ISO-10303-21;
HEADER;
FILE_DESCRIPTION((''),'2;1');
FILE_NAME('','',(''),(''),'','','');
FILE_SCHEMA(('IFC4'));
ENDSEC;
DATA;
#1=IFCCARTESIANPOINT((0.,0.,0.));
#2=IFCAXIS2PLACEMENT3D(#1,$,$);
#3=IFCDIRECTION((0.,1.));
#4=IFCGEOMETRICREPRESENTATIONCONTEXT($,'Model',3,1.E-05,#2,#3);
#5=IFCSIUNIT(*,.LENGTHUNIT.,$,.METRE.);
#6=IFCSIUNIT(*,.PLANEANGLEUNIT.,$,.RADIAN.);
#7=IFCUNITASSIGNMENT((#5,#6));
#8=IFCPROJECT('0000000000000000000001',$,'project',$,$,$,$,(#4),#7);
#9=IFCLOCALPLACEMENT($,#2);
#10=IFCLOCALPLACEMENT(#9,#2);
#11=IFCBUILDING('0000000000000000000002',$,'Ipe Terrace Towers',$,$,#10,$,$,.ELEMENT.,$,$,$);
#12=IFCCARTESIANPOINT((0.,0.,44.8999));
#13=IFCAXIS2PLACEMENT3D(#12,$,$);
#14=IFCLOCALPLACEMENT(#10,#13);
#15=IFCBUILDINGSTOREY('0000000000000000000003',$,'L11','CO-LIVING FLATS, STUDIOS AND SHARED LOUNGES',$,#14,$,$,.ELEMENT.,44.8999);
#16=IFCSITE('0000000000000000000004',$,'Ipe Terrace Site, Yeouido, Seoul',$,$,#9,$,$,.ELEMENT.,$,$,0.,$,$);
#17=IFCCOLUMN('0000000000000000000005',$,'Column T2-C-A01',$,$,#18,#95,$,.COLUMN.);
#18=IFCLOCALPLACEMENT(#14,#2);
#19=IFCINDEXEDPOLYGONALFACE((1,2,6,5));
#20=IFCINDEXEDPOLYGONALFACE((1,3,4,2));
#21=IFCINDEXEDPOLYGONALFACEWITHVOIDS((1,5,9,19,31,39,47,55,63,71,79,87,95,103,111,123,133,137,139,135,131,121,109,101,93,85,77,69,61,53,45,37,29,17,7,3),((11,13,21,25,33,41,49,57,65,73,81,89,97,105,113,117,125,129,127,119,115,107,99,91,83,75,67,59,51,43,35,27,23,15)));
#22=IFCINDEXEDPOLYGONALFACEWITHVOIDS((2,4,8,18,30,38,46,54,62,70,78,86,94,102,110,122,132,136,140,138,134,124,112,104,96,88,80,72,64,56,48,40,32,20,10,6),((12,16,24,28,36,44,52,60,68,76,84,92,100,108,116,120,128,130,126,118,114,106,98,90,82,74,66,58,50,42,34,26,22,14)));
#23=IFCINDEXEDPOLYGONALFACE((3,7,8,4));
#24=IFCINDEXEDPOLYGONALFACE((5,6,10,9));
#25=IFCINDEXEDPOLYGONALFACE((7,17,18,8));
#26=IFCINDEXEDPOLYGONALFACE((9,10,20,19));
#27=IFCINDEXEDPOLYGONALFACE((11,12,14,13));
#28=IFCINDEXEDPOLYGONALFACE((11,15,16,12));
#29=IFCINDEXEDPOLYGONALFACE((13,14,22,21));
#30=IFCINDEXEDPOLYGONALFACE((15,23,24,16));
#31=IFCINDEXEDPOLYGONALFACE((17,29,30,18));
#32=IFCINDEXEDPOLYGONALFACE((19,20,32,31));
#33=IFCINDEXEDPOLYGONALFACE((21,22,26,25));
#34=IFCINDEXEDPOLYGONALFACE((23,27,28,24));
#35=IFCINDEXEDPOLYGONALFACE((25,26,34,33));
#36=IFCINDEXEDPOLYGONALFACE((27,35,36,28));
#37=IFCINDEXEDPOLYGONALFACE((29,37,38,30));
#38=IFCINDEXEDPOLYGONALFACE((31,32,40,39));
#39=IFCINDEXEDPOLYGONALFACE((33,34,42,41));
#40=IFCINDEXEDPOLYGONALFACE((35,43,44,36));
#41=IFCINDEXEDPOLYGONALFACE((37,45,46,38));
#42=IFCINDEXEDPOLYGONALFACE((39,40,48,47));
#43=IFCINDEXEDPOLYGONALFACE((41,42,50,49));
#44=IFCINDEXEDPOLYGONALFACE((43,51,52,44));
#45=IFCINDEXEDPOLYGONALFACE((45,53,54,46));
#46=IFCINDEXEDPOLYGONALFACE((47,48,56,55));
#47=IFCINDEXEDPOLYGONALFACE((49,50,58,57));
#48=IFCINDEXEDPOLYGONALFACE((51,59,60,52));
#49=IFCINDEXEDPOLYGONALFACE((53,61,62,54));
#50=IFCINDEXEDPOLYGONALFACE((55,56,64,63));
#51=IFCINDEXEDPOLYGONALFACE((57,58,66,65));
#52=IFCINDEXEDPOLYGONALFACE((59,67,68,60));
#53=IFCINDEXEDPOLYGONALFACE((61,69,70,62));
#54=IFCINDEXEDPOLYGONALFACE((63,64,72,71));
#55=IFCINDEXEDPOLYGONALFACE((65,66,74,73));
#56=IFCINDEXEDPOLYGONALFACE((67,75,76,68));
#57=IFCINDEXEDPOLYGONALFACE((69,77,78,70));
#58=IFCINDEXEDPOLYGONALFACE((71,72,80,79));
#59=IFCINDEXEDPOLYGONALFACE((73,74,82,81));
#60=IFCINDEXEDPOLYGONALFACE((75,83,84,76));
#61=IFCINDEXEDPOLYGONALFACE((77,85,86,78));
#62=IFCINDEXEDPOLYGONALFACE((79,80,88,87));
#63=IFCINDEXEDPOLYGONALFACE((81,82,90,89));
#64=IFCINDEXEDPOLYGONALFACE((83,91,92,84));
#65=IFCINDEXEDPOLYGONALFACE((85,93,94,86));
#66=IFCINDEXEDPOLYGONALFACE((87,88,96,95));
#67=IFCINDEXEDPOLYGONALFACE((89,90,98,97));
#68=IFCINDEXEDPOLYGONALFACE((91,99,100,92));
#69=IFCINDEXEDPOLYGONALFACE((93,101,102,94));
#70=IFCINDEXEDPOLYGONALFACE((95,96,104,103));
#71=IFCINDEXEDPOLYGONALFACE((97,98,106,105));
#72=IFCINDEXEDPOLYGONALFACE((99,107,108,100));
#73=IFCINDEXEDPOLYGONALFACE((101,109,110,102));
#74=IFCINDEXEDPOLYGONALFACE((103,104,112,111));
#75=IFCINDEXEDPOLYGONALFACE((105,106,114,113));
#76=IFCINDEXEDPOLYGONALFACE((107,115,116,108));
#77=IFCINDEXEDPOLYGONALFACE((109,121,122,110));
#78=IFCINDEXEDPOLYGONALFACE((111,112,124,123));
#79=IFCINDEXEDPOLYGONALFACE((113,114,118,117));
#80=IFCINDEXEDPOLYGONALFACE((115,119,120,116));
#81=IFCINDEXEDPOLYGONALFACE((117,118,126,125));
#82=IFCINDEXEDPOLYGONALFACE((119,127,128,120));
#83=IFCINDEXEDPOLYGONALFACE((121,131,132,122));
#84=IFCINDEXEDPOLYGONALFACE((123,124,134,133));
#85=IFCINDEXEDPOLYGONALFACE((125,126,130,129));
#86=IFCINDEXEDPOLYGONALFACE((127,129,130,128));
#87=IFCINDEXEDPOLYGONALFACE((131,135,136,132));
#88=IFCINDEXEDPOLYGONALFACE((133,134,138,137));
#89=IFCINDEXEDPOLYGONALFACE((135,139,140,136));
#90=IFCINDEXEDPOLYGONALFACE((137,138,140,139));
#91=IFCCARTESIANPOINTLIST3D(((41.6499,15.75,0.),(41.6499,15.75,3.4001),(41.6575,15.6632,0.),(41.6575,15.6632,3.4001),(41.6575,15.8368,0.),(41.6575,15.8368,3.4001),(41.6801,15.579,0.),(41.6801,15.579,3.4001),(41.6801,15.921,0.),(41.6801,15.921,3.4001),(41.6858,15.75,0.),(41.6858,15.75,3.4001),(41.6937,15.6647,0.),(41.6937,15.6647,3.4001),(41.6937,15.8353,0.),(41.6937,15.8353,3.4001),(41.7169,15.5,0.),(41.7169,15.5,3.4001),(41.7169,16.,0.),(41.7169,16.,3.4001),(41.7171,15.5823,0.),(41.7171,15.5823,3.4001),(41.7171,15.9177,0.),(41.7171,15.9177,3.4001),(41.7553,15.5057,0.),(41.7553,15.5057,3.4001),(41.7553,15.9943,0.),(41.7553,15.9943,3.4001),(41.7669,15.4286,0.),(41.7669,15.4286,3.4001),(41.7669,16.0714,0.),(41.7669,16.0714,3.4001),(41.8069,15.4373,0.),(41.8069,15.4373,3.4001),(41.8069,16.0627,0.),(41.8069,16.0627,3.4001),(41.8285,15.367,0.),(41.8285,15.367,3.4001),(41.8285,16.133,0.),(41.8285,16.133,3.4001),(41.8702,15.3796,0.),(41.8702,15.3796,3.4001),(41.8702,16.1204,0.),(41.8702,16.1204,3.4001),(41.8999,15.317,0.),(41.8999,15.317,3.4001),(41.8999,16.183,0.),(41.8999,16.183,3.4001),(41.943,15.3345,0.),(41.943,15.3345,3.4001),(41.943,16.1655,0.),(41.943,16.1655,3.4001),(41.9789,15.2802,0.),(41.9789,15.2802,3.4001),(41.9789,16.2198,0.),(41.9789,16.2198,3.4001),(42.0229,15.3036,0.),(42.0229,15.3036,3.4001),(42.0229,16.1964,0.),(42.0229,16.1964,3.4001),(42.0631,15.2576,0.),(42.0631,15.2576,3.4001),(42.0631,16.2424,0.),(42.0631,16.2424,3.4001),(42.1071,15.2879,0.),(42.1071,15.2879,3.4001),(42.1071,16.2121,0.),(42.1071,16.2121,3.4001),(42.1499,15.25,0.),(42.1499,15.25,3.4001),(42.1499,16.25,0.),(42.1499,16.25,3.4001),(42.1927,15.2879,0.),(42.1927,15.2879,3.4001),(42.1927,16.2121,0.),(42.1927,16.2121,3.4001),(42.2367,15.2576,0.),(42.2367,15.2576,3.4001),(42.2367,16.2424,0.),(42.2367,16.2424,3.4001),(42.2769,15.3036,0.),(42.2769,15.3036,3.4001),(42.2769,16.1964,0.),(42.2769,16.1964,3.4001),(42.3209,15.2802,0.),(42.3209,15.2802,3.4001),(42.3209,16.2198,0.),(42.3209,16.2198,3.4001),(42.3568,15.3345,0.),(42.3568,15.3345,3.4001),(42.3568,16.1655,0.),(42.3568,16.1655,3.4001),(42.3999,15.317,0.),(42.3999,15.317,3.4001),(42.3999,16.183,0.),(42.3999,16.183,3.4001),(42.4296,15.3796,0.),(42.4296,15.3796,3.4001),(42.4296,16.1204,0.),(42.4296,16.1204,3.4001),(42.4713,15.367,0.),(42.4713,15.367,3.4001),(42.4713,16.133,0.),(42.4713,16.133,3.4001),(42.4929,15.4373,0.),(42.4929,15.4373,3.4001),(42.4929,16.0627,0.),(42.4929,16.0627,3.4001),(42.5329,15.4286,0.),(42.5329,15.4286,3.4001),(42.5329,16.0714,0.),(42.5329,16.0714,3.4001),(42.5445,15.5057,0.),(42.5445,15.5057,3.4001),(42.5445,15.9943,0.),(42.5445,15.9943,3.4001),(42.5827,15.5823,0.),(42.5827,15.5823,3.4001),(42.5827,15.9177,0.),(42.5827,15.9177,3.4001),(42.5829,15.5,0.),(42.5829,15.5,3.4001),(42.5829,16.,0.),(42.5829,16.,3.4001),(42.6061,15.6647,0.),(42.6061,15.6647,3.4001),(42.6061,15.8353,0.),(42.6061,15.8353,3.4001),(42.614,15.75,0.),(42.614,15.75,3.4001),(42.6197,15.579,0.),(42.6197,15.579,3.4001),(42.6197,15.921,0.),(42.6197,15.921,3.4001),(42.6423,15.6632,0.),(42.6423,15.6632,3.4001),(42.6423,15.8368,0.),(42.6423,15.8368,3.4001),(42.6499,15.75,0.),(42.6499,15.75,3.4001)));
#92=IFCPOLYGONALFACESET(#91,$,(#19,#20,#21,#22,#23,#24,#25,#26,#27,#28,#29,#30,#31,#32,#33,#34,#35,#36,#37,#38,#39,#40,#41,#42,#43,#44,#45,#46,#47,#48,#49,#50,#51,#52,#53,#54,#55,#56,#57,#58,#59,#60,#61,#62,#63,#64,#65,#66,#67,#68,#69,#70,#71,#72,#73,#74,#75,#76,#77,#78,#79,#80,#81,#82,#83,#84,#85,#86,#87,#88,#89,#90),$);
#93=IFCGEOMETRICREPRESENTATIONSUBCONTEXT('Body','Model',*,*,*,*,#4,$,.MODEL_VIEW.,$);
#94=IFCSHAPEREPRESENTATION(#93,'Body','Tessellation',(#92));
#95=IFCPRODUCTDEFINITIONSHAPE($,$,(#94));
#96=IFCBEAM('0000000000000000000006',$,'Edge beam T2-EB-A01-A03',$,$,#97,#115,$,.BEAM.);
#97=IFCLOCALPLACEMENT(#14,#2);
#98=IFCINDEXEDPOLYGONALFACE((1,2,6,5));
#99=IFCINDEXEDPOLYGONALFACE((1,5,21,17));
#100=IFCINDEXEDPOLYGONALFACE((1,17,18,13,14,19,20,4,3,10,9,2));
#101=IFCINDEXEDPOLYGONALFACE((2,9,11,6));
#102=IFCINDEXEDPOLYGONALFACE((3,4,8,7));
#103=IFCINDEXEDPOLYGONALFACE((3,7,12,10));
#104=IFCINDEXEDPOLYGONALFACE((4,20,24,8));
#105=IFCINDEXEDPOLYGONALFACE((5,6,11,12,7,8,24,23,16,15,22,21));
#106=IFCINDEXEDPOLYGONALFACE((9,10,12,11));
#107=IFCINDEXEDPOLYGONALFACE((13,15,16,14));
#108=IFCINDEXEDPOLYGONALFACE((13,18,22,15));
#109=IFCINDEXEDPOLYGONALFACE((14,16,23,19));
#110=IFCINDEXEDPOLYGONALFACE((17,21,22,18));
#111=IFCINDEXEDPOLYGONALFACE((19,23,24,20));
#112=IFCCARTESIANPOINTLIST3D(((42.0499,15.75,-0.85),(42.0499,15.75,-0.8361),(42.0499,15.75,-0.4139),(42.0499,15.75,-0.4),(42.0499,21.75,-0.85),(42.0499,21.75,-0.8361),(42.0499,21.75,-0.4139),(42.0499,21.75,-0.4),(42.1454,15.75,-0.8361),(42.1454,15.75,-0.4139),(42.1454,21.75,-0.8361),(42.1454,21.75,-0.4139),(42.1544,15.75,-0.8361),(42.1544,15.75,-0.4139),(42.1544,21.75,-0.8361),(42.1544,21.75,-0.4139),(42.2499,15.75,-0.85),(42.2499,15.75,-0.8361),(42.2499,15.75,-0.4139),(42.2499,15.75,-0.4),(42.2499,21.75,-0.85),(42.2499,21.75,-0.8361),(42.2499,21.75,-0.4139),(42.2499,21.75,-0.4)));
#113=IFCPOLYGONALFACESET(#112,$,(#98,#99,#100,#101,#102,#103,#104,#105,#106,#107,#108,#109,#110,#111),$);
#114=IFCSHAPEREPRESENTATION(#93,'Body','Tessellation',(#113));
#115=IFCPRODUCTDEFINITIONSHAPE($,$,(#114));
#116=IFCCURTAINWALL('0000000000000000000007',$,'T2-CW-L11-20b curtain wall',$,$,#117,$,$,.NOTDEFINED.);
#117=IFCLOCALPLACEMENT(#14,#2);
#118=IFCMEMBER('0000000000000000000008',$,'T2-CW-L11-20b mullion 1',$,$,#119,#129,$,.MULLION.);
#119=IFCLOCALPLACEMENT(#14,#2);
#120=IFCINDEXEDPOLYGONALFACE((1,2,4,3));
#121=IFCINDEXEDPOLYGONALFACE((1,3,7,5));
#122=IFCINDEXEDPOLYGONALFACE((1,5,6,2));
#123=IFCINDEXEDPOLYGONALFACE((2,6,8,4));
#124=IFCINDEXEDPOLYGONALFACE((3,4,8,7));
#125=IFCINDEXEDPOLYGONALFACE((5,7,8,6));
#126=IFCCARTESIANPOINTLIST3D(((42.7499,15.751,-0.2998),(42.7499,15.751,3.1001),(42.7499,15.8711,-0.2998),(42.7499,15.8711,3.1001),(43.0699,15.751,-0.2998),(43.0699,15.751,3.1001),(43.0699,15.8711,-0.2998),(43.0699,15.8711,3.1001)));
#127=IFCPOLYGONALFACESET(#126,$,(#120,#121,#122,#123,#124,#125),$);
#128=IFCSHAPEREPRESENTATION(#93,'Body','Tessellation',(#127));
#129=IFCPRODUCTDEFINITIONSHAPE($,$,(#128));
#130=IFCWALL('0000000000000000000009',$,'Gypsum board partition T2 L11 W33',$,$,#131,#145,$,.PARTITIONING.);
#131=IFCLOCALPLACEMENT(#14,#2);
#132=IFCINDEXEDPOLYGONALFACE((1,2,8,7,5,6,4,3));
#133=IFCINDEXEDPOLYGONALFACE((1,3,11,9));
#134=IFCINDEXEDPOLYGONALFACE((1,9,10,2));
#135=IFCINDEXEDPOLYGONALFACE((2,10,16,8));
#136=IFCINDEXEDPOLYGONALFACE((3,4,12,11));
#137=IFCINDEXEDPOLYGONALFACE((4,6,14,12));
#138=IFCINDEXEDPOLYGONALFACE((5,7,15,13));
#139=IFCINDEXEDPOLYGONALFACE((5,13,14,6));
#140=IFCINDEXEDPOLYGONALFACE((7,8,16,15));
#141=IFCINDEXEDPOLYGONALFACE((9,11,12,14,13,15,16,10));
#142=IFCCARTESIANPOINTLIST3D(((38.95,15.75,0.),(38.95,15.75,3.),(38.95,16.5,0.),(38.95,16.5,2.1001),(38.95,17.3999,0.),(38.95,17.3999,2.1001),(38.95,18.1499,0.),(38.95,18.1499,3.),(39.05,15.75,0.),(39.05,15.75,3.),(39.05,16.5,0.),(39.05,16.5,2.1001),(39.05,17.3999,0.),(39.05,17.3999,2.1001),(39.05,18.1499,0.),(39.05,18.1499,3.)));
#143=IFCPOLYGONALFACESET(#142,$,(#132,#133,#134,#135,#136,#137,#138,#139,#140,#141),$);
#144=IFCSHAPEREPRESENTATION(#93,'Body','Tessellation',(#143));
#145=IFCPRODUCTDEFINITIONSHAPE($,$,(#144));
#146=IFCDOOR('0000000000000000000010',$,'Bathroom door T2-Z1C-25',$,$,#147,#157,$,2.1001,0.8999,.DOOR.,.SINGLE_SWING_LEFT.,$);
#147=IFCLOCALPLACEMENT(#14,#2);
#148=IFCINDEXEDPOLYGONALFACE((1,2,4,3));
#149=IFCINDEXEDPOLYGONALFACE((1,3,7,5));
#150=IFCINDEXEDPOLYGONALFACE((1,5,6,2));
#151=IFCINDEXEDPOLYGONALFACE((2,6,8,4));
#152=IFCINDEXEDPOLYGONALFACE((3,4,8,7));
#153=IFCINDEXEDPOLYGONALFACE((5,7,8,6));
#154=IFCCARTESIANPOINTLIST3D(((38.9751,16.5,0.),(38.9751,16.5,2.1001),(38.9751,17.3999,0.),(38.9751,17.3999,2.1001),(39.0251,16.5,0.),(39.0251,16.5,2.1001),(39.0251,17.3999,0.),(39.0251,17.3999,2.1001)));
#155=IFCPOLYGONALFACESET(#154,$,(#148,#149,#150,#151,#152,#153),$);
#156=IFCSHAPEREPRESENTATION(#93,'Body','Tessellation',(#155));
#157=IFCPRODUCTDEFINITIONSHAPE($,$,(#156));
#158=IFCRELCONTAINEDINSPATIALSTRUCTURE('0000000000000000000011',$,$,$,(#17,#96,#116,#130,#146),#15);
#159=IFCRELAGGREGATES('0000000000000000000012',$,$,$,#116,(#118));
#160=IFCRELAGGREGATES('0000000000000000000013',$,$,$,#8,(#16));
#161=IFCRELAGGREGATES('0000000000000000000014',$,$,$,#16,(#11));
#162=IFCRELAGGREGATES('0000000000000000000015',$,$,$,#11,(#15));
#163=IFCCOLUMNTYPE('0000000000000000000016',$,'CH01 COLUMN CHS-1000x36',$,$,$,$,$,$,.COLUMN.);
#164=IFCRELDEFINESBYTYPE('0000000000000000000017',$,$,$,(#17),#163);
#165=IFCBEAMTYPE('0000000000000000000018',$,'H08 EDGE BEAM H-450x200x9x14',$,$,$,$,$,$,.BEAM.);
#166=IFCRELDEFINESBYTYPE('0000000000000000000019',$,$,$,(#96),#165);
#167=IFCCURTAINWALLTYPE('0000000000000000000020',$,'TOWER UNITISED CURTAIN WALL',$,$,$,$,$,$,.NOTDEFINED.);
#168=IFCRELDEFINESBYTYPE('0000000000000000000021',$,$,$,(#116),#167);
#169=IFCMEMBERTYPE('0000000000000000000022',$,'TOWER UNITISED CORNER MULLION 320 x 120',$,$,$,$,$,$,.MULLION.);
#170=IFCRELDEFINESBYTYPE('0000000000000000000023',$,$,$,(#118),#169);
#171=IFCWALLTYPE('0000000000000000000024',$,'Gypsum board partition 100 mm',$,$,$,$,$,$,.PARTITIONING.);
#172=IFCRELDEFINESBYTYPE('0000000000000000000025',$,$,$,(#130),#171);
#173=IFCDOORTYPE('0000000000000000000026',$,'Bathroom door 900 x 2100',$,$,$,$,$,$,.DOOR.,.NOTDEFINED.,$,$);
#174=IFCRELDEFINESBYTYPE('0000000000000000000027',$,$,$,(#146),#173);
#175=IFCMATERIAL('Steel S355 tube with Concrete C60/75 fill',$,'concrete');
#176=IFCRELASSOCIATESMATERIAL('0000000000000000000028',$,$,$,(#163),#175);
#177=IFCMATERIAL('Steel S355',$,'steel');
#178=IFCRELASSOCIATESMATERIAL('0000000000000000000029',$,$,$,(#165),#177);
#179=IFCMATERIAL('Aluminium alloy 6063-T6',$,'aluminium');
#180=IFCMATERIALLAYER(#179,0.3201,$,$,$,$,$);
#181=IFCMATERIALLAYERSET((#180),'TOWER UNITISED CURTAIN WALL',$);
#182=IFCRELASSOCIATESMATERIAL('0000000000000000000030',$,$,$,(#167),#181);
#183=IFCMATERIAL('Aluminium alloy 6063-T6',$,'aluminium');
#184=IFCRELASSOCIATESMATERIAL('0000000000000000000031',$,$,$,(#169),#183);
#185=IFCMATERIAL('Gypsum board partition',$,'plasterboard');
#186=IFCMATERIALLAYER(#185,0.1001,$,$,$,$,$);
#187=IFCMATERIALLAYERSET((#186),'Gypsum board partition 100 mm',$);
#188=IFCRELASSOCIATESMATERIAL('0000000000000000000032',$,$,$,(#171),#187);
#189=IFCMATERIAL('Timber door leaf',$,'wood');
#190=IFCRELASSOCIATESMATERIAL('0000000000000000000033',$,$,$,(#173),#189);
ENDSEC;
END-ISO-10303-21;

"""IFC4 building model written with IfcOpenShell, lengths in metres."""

from ifc_helpers import new_model, si_unit, direction, frame, frame_2d, origin, origin_2d, place, context, subcontext, project, spatial, rectangle, hollow_circle, i_section, extrude, material, layer, layer_set, material_profile, profile_set, type_object, element, fill, aggregate, save


model = new_model("IFC4")

# Units and contexts
model_context = context("Model", 3, precision=1e-05, world=origin(), true_north=direction((0.0, 1.0)))
body_context = subcontext(model_context, "Body", "Model", "MODEL_VIEW")
ifc_project = project(units=[si_unit("LENGTHUNIT", "METRE"), si_unit("PLANEANGLEUNIT", "RADIAN")], contexts=[model_context])

# Site, building, storey
site_placement = place(None, origin())
site = spatial("IfcSite", under=ifc_project, at=site_placement, Name="Ipe Terrace Site, Yeouido, Seoul", CompositionType="ELEMENT", RefElevation=0.0)
building_placement = place(site_placement, origin())
building = spatial("IfcBuilding", under=site, at=building_placement, Name="Ipe Terrace Towers", CompositionType="ELEMENT")
storey_placement = place(building_placement, frame((0.0, 0.0, 44.8999)))
storey = spatial("IfcBuildingStorey", under=building, at=storey_placement, Name="L11", Description="CO-LIVING FLATS, STUDIOS AND SHARED LOUNGES", CompositionType="ELEMENT", Elevation=44.8999)

# Column
ifc_material_1 = material(Name="Steel S355 tube with Concrete C60/75 fill", Category="concrete")
ifc_material_profile_1 = material_profile(ifc_material_1, hollow_circle(Radius=0.5, WallThickness=0.0359, at=origin_2d()), Name="CHS-1000x36")
ifc_profile_set_1 = profile_set([ifc_material_profile_1], Name="Steel S355 tube with Concrete C60/75 fill")
column_type = type_object("IfcColumnType", Name="CH01 COLUMN CHS-1000x36", PredefinedType="COLUMN", material=ifc_profile_set_1)
column_placement = place(storey_placement, frame((42.1499, 15.75, 0.0), z_axis=(0.0, 0.0, 1.0), x_axis=(1.0, 0.0, 0.0)))
element("IfcColumn", 1, at=column_placement, inside=storey, type_object=column_type, Name="Column T2-C-A01", PredefinedType="COLUMN", context=body_context, shape_type="SweptSolid", body=[
    extrude(hollow_circle(Radius=0.5, WallThickness=0.0359, at=origin_2d()), origin(), (0.0, 0.0, 1.0), 3.4001),
])

# Beam
ifc_material_2 = material(Name="Steel S355", Category="steel")
ifc_material_profile_2 = material_profile(ifc_material_2, i_section(OverallWidth=0.2, OverallDepth=0.45, WebThickness=0.009, FlangeThickness=0.0139, at=origin_2d()), Name="H-450x200x9x14")
ifc_profile_set_2 = profile_set([ifc_material_profile_2], Name="Steel S355")
beam_type = type_object("IfcBeamType", Name="H08 EDGE BEAM H-450x200x9x14", PredefinedType="BEAM", material=ifc_profile_set_2)
beam_placement = place(storey_placement, frame((42.1499, 15.75, -0.625), z_axis=(0.0, 1.0, 0.0), x_axis=(-1.0, 0.0, 0.0)))
element("IfcBeam", 2, at=beam_placement, inside=storey, type_object=beam_type, Name="Edge beam T2-EB-A01-A03", PredefinedType="BEAM", context=body_context, shape_type="SweptSolid", body=[
    extrude(i_section(OverallWidth=0.2, OverallDepth=0.45, WebThickness=0.009, FlangeThickness=0.0139, at=origin_2d()), origin(), (0.0, 0.0, 1.0), 6.0),
])

# Curtain wall, member
ifc_material_3 = material(Name="Aluminium alloy 6063-T6", Category="aluminium")
ifc_layer_1 = layer(ifc_material_3, 0.3201)
ifc_layer_set_1 = layer_set([ifc_layer_1], Name="TOWER UNITISED CURTAIN WALL")
curtain_wall_type = type_object("IfcCurtainWallType", Name="TOWER UNITISED CURTAIN WALL", PredefinedType="NOTDEFINED", material=ifc_layer_set_1)
curtain_wall_placement = place(storey_placement, origin())
curtain_wall = element("IfcCurtainWall", 3, at=curtain_wall_placement, inside=storey, type_object=curtain_wall_type, Name="T2-CW-L11-20b curtain wall", PredefinedType="NOTDEFINED")
ifc_material_4 = material(Name="Aluminium alloy 6063-T6", Category="aluminium")
ifc_material_profile_3 = material_profile(ifc_material_4, rectangle(XDim=0.3201, YDim=0.1201, at=origin_2d()), Name="TOWER UNITISED CORNER MULLION 320 x 120")
ifc_profile_set_3 = profile_set([ifc_material_profile_3], Name="Aluminium alloy 6063-T6")
member_type = type_object("IfcMemberType", Name="TOWER UNITISED CORNER MULLION 320 x 120", PredefinedType="MULLION", material=ifc_profile_set_3)
member_placement = place(storey_placement, frame((42.9099, 15.811, -0.2998), z_axis=(0.0, 0.0, 1.0), x_axis=(1.0, 0.0, 0.0)))
member = element("IfcMember", 4, at=member_placement, type_object=member_type, Name="T2-CW-L11-20b mullion 1", PredefinedType="MULLION", context=body_context, shape_type="SweptSolid", body=[
    extrude(rectangle(XDim=0.3201, YDim=0.1201, at=origin_2d()), origin(), (0.0, 0.0, 1.0), 3.3999),
])
aggregate(curtain_wall, [member])

# Wall, opening, door
ifc_material_5 = material(Name="Gypsum board partition", Category="plasterboard")
ifc_layer_2 = layer(ifc_material_5, 0.1001)
ifc_layer_set_2 = layer_set([ifc_layer_2], Name="Gypsum board partition 100 mm")
wall_type_1 = type_object("IfcWallType", Name="Gypsum board partition 100 mm", PredefinedType="PARTITIONING", material=ifc_layer_set_2)
wall_1_placement = place(storey_placement, frame((39.0, 15.75, 0.0), z_axis=(0.0, 0.0, 1.0), x_axis=(0.0, 1.0, 0.0)))
wall_1 = element("IfcWall", 5, at=wall_1_placement, inside=storey, type_object=wall_type_1, Name="Gypsum board partition T2 L11 W33", PredefinedType="PARTITIONING", context=body_context, shape_type="SweptSolid", body=[
    extrude(rectangle(XDim=2.3999, YDim=0.1001, at=frame_2d((1.2, 0.0))), origin(), (0.0, 0.0, 1.0), 3.0),
])
opening_1_placement = place(wall_1_placement, frame((0.75, 0.0, 0.0)))
opening_1 = element("IfcOpeningElement", 6, at=opening_1_placement, cuts=wall_1, PredefinedType="OPENING", context=body_context, shape_type="SweptSolid", body=[
    extrude(rectangle(XDim=0.8999, YDim=2.1001, at=frame_2d((0.45, 1.05))), frame((0.0, 0.0601, 0.0), z_axis=(0.0, -1.0, 0.0), x_axis=(1.0, 0.0, 0.0)), (0.0, 0.0, 1.0), 0.1201),
])
ifc_material_6 = material(Name="Timber door leaf", Category="wood")
door_type_1 = type_object("IfcDoorType", Name="Bathroom door 900 x 2100", OperationType="NOTDEFINED", PredefinedType="DOOR", material=ifc_material_6)
door_1_placement = place(opening_1_placement, origin())
door_1 = element("IfcDoor", 7, at=door_1_placement, inside=storey, type_object=door_type_1, Name="Bathroom door T2-Z1C-25", OperationType="SINGLE_SWING_LEFT", OverallHeight=2.1001, OverallWidth=0.8999, PredefinedType="DOOR", context=body_context, shape_type="SweptSolid", body=[
    extrude(rectangle(XDim=0.8999, YDim=2.1001, at=frame_2d((0.45, 1.05))), frame((0.0, 0.0249, 0.0), z_axis=(0.0, -1.0, 0.0), x_axis=(1.0, 0.0, 0.0)), (0.0, 0.0, 1.0), 0.05),
])
fill(opening_1, door_1)

save(model, "model.ifc")
